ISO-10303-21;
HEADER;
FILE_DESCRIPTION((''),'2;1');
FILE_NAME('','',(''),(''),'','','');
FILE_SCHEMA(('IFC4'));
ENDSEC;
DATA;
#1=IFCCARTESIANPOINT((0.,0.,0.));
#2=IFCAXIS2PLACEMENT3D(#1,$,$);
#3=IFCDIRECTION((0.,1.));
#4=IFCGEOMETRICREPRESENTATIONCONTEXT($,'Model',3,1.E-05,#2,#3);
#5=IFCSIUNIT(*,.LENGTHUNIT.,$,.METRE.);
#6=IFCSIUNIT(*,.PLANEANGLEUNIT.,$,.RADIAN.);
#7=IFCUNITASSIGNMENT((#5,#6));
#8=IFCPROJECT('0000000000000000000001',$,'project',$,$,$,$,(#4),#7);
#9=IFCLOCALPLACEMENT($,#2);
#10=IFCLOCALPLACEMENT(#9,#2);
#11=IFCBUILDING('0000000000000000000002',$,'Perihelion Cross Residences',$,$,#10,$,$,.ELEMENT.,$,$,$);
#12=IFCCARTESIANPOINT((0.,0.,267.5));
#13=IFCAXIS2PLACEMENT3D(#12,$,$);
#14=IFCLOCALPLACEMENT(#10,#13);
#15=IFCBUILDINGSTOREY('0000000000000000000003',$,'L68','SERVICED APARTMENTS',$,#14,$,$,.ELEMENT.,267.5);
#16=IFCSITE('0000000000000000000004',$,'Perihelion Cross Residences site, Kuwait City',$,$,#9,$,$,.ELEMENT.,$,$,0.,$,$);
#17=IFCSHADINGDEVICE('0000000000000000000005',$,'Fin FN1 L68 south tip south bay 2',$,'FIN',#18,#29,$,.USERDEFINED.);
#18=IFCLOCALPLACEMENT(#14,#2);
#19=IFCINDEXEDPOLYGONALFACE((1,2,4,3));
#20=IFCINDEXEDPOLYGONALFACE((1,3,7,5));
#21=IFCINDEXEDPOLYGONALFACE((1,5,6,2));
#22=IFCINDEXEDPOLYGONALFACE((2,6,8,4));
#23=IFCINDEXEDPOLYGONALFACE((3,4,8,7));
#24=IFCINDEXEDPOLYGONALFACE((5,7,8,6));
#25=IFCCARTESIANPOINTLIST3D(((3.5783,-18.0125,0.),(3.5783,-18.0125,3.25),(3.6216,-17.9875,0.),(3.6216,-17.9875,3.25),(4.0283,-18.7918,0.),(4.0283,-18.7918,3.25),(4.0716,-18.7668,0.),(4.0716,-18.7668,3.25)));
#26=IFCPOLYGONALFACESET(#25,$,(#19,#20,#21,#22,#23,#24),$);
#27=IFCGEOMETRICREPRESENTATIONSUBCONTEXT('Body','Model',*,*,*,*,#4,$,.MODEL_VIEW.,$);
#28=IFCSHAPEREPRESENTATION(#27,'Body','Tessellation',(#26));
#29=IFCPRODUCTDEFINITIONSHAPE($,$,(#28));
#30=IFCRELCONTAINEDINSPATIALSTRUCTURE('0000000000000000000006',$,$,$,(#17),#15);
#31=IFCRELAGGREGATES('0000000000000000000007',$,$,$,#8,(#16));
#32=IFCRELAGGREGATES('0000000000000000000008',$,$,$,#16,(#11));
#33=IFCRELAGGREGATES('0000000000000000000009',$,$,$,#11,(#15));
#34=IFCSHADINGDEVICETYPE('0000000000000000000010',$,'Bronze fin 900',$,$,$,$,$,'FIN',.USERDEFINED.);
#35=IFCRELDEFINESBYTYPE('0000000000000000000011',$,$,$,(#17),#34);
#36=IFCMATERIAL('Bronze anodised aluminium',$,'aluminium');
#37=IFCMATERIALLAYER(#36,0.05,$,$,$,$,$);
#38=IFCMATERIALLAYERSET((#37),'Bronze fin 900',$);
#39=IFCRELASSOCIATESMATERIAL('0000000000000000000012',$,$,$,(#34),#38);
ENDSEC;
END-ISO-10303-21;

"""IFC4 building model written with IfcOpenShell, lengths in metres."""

from ifc_helpers import new_model, si_unit, direction, frame, origin, origin_2d, place, context, subcontext, project, spatial, rectangle, extrude, material, layer, layer_set, type_object, element, save


model = new_model("IFC4")

# Units and contexts
model_context = context("Model", 3, precision=1e-05, world=origin(), true_north=direction((0.0, 1.0)))
body_context = subcontext(model_context, "Body", "Model", "MODEL_VIEW")
ifc_project = project(units=[si_unit("LENGTHUNIT", "METRE"), si_unit("PLANEANGLEUNIT", "RADIAN")], contexts=[model_context])

# Site, building, storey
site_placement = place(None, origin())
site = spatial("IfcSite", under=ifc_project, at=site_placement, Name="Perihelion Cross Residences site, Kuwait City", CompositionType="ELEMENT", RefElevation=0.0)
building_placement = place(site_placement, origin())
building = spatial("IfcBuilding", under=site, at=building_placement, Name="Perihelion Cross Residences", CompositionType="ELEMENT")
storey_placement = place(building_placement, frame((0.0, 0.0, 267.5)))
storey = spatial("IfcBuildingStorey", under=building, at=storey_placement, Name="L68", Description="SERVICED APARTMENTS", CompositionType="ELEMENT", Elevation=267.5)

# Shading device
ifc_material_1 = material(Name="Bronze anodised aluminium", Category="aluminium")
ifc_layer_1 = layer(ifc_material_1, 0.05)
ifc_layer_set_1 = layer_set([ifc_layer_1], Name="Bronze fin 900")
shading_device_type = type_object("IfcShadingDeviceType", Name="Bronze fin 900", ElementType="FIN", PredefinedType="USERDEFINED", material=ifc_layer_set_1)
shading_device_placement = place(storey_placement, frame((3.825, -18.3896, 0.0), z_axis=(0.0, 0.0, 1.0), x_axis=(0.5, -0.866025, 0.0)))
element("IfcShadingDevice", 1, at=shading_device_placement, inside=storey, type_object=shading_device_type, Name="Fin FN1 L68 south tip south bay 2", ObjectType="FIN", PredefinedType="USERDEFINED", context=body_context, shape_type="SweptSolid", body=[
    extrude(rectangle(XDim=0.8999, YDim=0.05, at=origin_2d()), origin(), (0.0, 0.0, 1.0), 3.25),
])

save(model, "model.ifc")
